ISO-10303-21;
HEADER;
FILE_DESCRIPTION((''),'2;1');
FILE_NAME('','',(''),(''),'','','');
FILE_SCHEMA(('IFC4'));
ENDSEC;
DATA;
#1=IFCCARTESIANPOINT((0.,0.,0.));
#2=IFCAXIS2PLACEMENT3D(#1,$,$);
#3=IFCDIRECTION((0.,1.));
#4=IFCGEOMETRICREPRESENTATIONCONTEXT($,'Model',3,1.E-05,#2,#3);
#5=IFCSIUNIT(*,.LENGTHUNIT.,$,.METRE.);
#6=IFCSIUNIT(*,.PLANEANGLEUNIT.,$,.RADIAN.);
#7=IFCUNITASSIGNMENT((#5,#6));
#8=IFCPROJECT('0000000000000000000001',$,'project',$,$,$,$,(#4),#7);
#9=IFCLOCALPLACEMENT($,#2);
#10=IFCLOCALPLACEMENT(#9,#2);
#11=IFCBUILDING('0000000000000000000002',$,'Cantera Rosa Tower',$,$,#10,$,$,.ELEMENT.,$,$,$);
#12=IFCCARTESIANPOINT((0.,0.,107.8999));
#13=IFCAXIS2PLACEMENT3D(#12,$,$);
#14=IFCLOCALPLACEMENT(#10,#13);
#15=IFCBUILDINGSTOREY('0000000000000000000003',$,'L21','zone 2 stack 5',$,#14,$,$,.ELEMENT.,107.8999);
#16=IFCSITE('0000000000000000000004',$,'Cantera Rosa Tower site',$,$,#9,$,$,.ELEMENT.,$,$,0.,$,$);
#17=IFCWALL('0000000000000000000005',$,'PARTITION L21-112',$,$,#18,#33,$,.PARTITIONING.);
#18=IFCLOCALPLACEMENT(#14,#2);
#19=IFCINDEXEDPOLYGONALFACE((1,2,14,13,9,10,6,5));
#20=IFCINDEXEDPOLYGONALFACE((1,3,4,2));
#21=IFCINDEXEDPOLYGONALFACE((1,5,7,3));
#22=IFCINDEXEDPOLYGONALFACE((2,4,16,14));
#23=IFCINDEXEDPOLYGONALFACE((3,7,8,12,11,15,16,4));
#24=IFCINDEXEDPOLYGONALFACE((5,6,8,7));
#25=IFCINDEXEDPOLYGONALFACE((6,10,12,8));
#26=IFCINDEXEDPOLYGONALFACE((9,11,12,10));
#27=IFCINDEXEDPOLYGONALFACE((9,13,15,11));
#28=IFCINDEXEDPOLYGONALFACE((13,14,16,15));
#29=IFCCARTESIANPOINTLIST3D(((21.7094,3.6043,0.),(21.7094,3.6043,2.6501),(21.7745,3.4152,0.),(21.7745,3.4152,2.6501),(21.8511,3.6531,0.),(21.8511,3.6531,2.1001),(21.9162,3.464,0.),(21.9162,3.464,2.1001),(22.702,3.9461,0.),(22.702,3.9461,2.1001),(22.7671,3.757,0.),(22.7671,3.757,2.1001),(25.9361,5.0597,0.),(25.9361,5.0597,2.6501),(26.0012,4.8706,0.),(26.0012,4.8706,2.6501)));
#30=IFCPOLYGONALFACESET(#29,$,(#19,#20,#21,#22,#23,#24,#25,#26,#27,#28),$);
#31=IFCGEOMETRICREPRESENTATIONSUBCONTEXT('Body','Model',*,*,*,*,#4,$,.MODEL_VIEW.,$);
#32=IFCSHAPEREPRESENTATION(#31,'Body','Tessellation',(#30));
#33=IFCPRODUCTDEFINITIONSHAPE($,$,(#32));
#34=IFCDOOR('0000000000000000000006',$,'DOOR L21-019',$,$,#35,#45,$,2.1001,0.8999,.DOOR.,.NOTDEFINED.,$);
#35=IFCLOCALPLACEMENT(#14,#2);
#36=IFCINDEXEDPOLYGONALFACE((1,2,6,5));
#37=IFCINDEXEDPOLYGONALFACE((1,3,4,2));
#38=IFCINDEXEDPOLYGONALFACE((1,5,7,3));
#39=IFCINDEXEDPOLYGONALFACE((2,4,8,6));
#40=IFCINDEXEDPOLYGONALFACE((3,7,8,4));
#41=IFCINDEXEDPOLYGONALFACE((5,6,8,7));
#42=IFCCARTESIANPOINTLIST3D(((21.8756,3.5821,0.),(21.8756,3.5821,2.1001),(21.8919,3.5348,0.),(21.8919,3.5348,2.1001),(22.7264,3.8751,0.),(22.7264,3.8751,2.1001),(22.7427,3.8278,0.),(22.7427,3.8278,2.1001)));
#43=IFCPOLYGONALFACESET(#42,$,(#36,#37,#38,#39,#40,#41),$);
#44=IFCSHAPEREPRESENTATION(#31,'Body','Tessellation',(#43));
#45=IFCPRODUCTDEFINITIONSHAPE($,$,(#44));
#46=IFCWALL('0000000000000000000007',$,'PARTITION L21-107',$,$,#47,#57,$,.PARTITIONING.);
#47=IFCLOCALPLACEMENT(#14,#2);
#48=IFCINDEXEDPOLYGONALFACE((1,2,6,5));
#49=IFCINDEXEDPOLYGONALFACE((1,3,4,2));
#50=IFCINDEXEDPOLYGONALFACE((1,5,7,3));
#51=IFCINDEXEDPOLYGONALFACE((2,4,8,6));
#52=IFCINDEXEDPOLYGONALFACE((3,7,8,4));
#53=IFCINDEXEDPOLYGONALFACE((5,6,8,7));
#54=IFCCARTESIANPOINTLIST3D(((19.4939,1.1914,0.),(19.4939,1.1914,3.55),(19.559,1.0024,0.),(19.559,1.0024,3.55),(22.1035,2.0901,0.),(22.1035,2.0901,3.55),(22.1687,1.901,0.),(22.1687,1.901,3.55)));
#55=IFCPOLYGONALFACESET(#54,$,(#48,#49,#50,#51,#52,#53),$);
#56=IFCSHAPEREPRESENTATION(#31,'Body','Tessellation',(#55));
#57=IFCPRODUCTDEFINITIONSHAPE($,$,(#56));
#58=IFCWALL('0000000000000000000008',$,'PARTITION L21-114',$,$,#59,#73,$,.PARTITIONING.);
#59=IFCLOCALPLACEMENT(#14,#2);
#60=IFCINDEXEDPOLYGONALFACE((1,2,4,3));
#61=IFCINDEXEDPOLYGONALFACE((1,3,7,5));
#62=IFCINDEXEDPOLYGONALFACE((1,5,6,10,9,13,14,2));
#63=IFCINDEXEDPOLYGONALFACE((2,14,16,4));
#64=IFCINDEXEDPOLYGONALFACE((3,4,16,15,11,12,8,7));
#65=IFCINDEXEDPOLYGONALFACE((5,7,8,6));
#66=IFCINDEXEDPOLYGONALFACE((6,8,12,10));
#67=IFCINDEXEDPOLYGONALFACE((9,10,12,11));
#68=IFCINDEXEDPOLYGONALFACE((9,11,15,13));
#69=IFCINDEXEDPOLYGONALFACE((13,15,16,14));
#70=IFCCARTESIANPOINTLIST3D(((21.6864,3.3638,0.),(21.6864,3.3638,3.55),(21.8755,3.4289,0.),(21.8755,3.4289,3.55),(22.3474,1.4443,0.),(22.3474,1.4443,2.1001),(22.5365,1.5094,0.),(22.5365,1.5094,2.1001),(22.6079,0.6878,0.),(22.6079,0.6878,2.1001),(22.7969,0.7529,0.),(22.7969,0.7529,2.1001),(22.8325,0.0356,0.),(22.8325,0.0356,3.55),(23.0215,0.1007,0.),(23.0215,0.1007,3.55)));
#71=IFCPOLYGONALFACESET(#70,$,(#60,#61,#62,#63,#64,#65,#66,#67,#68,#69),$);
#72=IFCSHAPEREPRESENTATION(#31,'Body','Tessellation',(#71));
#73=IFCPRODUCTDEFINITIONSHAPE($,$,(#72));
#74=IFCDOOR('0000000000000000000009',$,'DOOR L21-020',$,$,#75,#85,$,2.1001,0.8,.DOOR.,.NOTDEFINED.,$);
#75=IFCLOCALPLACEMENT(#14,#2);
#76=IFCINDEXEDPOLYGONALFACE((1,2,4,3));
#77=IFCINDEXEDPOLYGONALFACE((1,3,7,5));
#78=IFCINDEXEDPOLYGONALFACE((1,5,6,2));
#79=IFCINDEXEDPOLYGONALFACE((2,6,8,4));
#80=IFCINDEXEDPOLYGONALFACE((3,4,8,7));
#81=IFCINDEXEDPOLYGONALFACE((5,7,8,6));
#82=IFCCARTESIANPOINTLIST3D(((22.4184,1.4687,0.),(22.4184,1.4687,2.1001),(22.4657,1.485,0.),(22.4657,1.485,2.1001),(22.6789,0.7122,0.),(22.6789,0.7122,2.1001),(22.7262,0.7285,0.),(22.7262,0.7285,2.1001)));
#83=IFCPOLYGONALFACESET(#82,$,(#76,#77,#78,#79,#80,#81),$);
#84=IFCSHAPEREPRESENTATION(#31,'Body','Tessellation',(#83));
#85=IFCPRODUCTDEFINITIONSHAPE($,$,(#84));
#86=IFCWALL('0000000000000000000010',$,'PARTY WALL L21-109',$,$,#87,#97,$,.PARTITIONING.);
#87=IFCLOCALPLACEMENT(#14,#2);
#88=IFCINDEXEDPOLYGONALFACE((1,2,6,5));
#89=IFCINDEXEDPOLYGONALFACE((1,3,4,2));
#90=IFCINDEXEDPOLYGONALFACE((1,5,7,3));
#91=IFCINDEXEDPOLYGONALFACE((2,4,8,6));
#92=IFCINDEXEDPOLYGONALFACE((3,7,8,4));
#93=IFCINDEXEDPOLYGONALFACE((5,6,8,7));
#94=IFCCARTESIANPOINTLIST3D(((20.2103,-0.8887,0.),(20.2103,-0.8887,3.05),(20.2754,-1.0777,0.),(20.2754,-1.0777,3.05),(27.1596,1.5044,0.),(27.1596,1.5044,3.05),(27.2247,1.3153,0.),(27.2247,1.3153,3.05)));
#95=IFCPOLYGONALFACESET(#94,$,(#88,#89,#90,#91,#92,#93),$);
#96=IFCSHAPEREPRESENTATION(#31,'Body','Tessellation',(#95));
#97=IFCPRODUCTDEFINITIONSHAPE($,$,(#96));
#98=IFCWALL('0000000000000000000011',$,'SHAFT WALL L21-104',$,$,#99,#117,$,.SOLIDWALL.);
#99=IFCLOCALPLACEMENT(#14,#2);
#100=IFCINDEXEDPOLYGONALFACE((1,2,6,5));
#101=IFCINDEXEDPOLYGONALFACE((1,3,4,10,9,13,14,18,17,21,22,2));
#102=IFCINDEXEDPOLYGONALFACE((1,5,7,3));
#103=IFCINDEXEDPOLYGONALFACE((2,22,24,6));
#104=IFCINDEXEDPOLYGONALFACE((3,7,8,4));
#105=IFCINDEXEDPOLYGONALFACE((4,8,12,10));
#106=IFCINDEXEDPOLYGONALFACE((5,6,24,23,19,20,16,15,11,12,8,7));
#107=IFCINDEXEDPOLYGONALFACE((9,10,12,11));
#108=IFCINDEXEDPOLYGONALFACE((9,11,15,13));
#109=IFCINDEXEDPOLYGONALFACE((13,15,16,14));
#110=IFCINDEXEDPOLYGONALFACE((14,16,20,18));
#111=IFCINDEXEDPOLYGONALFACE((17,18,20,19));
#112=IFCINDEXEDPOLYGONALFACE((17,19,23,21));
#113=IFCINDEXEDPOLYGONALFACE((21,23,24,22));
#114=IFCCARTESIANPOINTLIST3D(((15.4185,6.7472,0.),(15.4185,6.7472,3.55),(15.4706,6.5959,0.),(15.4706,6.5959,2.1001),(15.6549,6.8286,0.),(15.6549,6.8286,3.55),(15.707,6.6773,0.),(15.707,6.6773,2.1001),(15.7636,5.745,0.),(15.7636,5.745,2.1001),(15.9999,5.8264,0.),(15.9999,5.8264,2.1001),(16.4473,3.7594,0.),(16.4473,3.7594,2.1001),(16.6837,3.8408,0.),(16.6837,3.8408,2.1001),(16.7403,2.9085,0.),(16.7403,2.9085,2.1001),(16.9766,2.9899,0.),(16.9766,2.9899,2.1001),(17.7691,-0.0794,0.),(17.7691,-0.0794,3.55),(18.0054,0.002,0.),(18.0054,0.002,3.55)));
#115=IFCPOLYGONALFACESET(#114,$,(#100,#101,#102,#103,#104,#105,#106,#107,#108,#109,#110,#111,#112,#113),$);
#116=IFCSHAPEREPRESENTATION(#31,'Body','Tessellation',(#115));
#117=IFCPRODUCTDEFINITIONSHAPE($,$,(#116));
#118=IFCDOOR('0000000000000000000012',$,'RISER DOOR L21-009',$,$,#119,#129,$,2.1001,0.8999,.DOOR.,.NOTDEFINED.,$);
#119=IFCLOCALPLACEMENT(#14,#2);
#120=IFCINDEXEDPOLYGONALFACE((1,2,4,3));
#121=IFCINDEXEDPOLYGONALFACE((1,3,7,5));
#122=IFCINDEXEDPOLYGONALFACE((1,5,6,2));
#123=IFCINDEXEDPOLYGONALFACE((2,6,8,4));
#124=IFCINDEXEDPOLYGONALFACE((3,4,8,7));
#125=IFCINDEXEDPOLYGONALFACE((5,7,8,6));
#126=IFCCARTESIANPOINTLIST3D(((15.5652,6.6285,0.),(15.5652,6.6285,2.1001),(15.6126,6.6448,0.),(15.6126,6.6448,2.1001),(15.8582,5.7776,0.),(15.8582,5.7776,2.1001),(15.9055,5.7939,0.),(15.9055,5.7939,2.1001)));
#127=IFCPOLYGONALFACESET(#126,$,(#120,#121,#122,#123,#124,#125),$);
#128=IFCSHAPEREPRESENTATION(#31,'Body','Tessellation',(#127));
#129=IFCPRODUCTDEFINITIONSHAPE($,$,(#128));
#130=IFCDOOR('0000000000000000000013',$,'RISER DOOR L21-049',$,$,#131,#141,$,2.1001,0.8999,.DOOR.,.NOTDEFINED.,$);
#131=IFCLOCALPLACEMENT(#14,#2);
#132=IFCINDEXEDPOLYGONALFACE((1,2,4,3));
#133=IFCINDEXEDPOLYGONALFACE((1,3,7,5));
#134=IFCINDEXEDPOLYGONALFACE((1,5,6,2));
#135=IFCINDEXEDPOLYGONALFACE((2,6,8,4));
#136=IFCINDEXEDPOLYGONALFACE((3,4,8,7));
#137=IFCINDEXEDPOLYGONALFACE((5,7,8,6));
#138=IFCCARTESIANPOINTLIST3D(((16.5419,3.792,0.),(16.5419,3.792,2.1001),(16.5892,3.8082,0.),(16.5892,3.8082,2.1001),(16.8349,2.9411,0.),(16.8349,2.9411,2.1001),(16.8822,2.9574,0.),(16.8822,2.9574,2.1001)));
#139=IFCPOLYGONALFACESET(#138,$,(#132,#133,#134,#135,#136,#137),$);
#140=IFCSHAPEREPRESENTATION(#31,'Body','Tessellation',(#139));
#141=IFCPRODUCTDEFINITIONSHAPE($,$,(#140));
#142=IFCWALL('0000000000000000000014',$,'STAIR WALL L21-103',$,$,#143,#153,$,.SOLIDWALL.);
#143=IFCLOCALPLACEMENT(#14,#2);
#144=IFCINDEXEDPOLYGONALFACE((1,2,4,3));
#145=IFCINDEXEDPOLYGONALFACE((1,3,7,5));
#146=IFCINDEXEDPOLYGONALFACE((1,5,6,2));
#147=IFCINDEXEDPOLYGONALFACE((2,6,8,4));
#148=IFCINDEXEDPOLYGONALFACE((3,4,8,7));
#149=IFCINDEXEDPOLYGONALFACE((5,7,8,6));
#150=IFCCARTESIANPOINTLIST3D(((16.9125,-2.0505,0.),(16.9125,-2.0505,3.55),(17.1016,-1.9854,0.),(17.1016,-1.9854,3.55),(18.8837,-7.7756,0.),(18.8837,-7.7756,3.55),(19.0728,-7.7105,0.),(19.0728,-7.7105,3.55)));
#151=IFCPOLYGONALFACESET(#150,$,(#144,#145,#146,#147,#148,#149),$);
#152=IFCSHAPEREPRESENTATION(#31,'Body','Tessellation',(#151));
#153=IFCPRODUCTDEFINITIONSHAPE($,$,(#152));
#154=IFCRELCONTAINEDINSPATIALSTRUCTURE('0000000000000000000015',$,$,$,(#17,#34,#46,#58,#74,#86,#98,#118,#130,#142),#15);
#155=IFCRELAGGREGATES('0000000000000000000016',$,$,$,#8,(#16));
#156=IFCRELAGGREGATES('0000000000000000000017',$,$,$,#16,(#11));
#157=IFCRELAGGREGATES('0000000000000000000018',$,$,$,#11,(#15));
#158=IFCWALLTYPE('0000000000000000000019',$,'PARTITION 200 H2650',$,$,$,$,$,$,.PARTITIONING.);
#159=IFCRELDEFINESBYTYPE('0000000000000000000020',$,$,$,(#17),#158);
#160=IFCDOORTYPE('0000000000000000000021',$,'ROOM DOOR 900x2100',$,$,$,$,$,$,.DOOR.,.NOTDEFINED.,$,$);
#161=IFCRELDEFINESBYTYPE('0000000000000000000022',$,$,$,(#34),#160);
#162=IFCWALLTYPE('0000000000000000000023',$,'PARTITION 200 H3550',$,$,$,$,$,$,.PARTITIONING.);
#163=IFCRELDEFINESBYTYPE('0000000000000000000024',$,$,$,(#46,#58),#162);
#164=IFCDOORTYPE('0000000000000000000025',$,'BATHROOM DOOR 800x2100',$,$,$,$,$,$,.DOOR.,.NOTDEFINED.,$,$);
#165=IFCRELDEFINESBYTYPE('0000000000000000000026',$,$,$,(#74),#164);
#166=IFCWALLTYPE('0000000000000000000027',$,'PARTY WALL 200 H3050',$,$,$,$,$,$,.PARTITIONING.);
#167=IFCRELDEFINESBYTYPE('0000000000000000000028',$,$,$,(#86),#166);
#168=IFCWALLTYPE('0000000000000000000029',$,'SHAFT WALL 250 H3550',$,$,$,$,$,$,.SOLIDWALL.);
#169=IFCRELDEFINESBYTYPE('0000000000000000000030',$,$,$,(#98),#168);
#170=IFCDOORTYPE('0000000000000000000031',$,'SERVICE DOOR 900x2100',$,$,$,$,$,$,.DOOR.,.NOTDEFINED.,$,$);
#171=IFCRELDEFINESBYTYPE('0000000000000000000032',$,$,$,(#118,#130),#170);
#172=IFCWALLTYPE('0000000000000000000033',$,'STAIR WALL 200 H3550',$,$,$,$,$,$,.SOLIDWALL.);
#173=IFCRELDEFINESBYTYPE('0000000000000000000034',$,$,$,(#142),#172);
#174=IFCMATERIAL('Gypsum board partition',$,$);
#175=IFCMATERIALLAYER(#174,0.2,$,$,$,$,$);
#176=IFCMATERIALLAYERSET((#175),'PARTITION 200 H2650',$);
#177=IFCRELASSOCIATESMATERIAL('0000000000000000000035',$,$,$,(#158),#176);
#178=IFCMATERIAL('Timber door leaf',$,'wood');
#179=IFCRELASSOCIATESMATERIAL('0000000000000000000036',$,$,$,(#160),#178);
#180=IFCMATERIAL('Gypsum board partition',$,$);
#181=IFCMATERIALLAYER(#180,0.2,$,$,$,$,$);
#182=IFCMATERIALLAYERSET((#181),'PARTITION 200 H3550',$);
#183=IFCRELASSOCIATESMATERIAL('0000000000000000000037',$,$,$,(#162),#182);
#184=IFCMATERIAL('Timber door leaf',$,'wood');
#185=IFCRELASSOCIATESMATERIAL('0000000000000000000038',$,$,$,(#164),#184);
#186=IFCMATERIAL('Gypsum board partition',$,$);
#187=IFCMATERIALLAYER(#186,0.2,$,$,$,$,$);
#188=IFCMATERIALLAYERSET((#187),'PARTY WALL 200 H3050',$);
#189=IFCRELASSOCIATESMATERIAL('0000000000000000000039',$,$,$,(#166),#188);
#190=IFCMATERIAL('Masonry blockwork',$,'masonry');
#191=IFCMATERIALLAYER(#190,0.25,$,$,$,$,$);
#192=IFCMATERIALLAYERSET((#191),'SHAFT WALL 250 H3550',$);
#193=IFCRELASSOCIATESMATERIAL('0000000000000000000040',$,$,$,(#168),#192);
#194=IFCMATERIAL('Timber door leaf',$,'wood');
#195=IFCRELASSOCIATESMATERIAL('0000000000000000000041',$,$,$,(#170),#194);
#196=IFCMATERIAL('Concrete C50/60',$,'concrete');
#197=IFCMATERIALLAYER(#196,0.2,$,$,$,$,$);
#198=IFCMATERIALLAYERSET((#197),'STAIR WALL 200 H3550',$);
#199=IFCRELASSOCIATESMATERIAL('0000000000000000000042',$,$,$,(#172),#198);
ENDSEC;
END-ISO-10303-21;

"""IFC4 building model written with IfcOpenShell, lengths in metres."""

from ifc_helpers import new_model, si_unit, direction, frame, frame_2d, origin, place, context, subcontext, project, spatial, rectangle, extrude, material, layer, layer_set, type_object, element, fill, save


model = new_model("IFC4")

# Units and contexts
model_context = context("Model", 3, precision=1e-05, world=origin(), true_north=direction((0.0, 1.0)))
body_context = subcontext(model_context, "Body", "Model", "MODEL_VIEW")
ifc_project = project(units=[si_unit("LENGTHUNIT", "METRE"), si_unit("PLANEANGLEUNIT", "RADIAN")], contexts=[model_context])

# Site, building, storey
site_placement = place(None, origin())
site = spatial("IfcSite", under=ifc_project, at=site_placement, Name="Cantera Rosa Tower site", CompositionType="ELEMENT", RefElevation=0.0)
building_placement = place(site_placement, origin())
building = spatial("IfcBuilding", under=site, at=building_placement, Name="Cantera Rosa Tower", CompositionType="ELEMENT")
storey_placement = place(building_placement, frame((0.0, 0.0, 107.8999)))
storey = spatial("IfcBuildingStorey", under=building, at=storey_placement, Name="L21", Description="zone 2 stack 5", CompositionType="ELEMENT", Elevation=107.8999)

# Wall, opening, door
ifc_material_1 = material(Name="Gypsum board partition")
ifc_layer_1 = layer(ifc_material_1, 0.2)
ifc_layer_set_1 = layer_set([ifc_layer_1], Name="PARTITION 200 H2650")
wall_type_1 = type_object("IfcWallType", Name="PARTITION 200 H2650", PredefinedType="PARTITIONING", material=ifc_layer_set_1)
wall_1_placement = place(storey_placement, frame((21.7419, 3.5098, 0.0), z_axis=(0.0, 0.0, 1.0), x_axis=(0.945519, 0.325568, 0.0)))
wall_1 = element("IfcWall", 1, at=wall_1_placement, inside=storey, type_object=wall_type_1, Name="PARTITION L21-112", PredefinedType="PARTITIONING", context=body_context, shape_type="SweptSolid", body=[
    extrude(rectangle(XDim=4.4702, YDim=0.2, at=frame_2d((2.2351, 0.0))), origin(), (0.0, 0.0, 1.0), 2.6501),
])
opening_1_placement = place(wall_1_placement, frame((0.1499, 0.0, 0.0)))
opening_1 = element("IfcOpeningElement", 2, at=opening_1_placement, cuts=wall_1, PredefinedType="OPENING", context=body_context, shape_type="SweptSolid", body=[
    extrude(rectangle(XDim=0.8999, YDim=2.1001, at=frame_2d((0.45, 1.05))), frame((0.0, 0.1099, 0.0), z_axis=(0.0, -1.0, 0.0), x_axis=(1.0, 0.0, 0.0)), (0.0, 0.0, 1.0), 0.22),
])
ifc_material_2 = material(Name="Timber door leaf", Category="wood")
door_type_1 = type_object("IfcDoorType", Name="ROOM DOOR 900x2100", OperationType="NOTDEFINED", PredefinedType="DOOR", material=ifc_material_2)
door_1_placement = place(opening_1_placement, origin())
door_1 = element("IfcDoor", 3, at=door_1_placement, inside=storey, type_object=door_type_1, Name="DOOR L21-019", OperationType="NOTDEFINED", OverallHeight=2.1001, OverallWidth=0.8999, PredefinedType="DOOR", context=body_context, shape_type="SweptSolid", body=[
    extrude(rectangle(XDim=0.8999, YDim=2.1001, at=frame_2d((0.45, 1.05))), frame((0.0, 0.0249, 0.0), z_axis=(0.0, -1.0, 0.0), x_axis=(1.0, 0.0, 0.0)), (0.0, 0.0, 1.0), 0.05),
])
fill(opening_1, door_1)

# Wall
ifc_material_3 = material(Name="Gypsum board partition")
ifc_layer_2 = layer(ifc_material_3, 0.2)
ifc_layer_set_2 = layer_set([ifc_layer_2], Name="PARTITION 200 H3550")
wall_type_2 = type_object("IfcWallType", Name="PARTITION 200 H3550", PredefinedType="PARTITIONING", material=ifc_layer_set_2)
wall_2_placement = place(storey_placement, frame((19.5266, 1.0969, 0.0), z_axis=(0.0, 0.0, 1.0), x_axis=(0.945505, 0.325606, 0.0)))
element("IfcWall", 4, at=wall_2_placement, inside=storey, type_object=wall_type_2, Name="PARTITION L21-107", PredefinedType="PARTITIONING", context=body_context, shape_type="SweptSolid", body=[
    extrude(rectangle(XDim=2.76, YDim=0.2, at=frame_2d((1.3799, 0.0))), origin(), (0.0, 0.0, 1.0), 3.55),
])

# Wall, opening, door
wall_3_placement = place(storey_placement, frame((22.927, 0.0681, 0.0), z_axis=(0.0, 0.0, 1.0), x_axis=(-0.325576, 0.945516, 0.0)))
wall_3 = element("IfcWall", 5, at=wall_3_placement, inside=storey, type_object=wall_type_2, Name="PARTITION L21-114", PredefinedType="PARTITIONING", context=body_context, shape_type="SweptSolid", body=[
    extrude(rectangle(XDim=3.52, YDim=0.2, at=frame_2d((1.76, 0.0))), origin(), (0.0, 0.0, 1.0), 3.55),
])
opening_2_placement = place(wall_3_placement, frame((0.6899, 0.0, 0.0)))
opening_2 = element("IfcOpeningElement", 6, at=opening_2_placement, cuts=wall_3, PredefinedType="OPENING", context=body_context, shape_type="SweptSolid", body=[
    extrude(rectangle(XDim=0.8, YDim=2.1001, at=frame_2d((0.3999, 1.05))), frame((0.0, 0.1099, 0.0), z_axis=(0.0, -1.0, 0.0), x_axis=(1.0, 0.0, 0.0)), (0.0, 0.0, 1.0), 0.22),
])
ifc_material_4 = material(Name="Timber door leaf", Category="wood")
door_type_2 = type_object("IfcDoorType", Name="BATHROOM DOOR 800x2100", OperationType="NOTDEFINED", PredefinedType="DOOR", material=ifc_material_4)
door_2_placement = place(opening_2_placement, origin())
door_2 = element("IfcDoor", 7, at=door_2_placement, inside=storey, type_object=door_type_2, Name="DOOR L21-020", OperationType="NOTDEFINED", OverallHeight=2.1001, OverallWidth=0.8, PredefinedType="DOOR", context=body_context, shape_type="SweptSolid", body=[
    extrude(rectangle(XDim=0.8, YDim=2.1001, at=frame_2d((0.3999, 1.05))), frame((0.0, 0.0249, 0.0), z_axis=(0.0, -1.0, 0.0), x_axis=(1.0, 0.0, 0.0)), (0.0, 0.0, 1.0), 0.05),
])
fill(opening_2, door_2)

# Wall
ifc_material_5 = material(Name="Gypsum board partition")
ifc_layer_3 = layer(ifc_material_5, 0.2)
ifc_layer_set_3 = layer_set([ifc_layer_3], Name="PARTY WALL 200 H3050")
wall_type_3 = type_object("IfcWallType", Name="PARTY WALL 200 H3050", PredefinedType="PARTITIONING", material=ifc_layer_set_3)
wall_4_placement = place(storey_placement, frame((20.2429, -0.9832, 0.0), z_axis=(0.0, 0.0, 1.0), x_axis=(0.945511, 0.325589, 0.0)))
element("IfcWall", 8, at=wall_4_placement, inside=storey, type_object=wall_type_3, Name="PARTY WALL L21-109", PredefinedType="PARTITIONING", context=body_context, shape_type="SweptSolid", body=[
    extrude(rectangle(XDim=7.3499, YDim=0.2, at=frame_2d((3.6748, 0.0))), origin(), (0.0, 0.0, 1.0), 3.05),
])

# Wall, openings, doors
ifc_material_6 = material(Name="Masonry blockwork", Category="masonry")
ifc_layer_4 = layer(ifc_material_6, 0.25)
ifc_layer_set_4 = layer_set([ifc_layer_4], Name="SHAFT WALL 250 H3550")
wall_type_4 = type_object("IfcWallType", Name="SHAFT WALL 250 H3550", PredefinedType="SOLIDWALL", material=ifc_layer_set_4)
wall_5_placement = place(storey_placement, frame((17.8872, -0.0386, 0.0), z_axis=(0.0, 0.0, 1.0), x_axis=(-0.325565, 0.945519, 0.0)))
wall_5 = element("IfcWall", 9, at=wall_5_placement, inside=storey, type_object=wall_type_4, Name="SHAFT WALL L21-104", PredefinedType="SOLIDWALL", context=body_context, shape_type="SweptSolid", body=[
    extrude(rectangle(XDim=7.22, YDim=0.25, at=frame_2d((3.6099, 0.0))), origin(), (0.0, 0.0, 1.0), 3.55),
])
opening_3_placement = place(wall_5_placement, frame((6.1599, 0.0, 0.0)))
opening_3 = element("IfcOpeningElement", 10, at=opening_3_placement, cuts=wall_5, PredefinedType="OPENING", context=body_context, shape_type="SweptSolid", body=[
    extrude(rectangle(XDim=0.8999, YDim=2.1001, at=frame_2d((0.45, 1.05))), frame((0.0, 0.135, 0.0), z_axis=(0.0, -1.0, 0.0), x_axis=(1.0, 0.0, 0.0)), (0.0, 0.0, 1.0), 0.27),
])
opening_4_placement = place(wall_5_placement, frame((3.1599, 0.0, 0.0)))
opening_4 = element("IfcOpeningElement", 11, at=opening_4_placement, cuts=wall_5, PredefinedType="OPENING", context=body_context, shape_type="SweptSolid", body=[
    extrude(rectangle(XDim=0.8999, YDim=2.1001, at=frame_2d((0.45, 1.05))), frame((0.0, 0.135, 0.0), z_axis=(0.0, -1.0, 0.0), x_axis=(1.0, 0.0, 0.0)), (0.0, 0.0, 1.0), 0.27),
])
ifc_material_7 = material(Name="Timber door leaf", Category="wood")
door_type_3 = type_object("IfcDoorType", Name="SERVICE DOOR 900x2100", OperationType="NOTDEFINED", PredefinedType="DOOR", material=ifc_material_7)
door_3_placement = place(opening_3_placement, origin())
door_3 = element("IfcDoor", 12, at=door_3_placement, inside=storey, type_object=door_type_3, Name="RISER DOOR L21-009", OperationType="NOTDEFINED", OverallHeight=2.1001, OverallWidth=0.8999, PredefinedType="DOOR", context=body_context, shape_type="SweptSolid", body=[
    extrude(rectangle(XDim=0.8999, YDim=2.1001, at=frame_2d((0.45, 1.05))), frame((0.0, 0.0249, 0.0), z_axis=(0.0, -1.0, 0.0), x_axis=(1.0, 0.0, 0.0)), (0.0, 0.0, 1.0), 0.05),
])
fill(opening_3, door_3)
door_4_placement = place(opening_4_placement, origin())
door_4 = element("IfcDoor", 13, at=door_4_placement, inside=storey, type_object=door_type_3, Name="RISER DOOR L21-049", OperationType="NOTDEFINED", OverallHeight=2.1001, OverallWidth=0.8999, PredefinedType="DOOR", context=body_context, shape_type="SweptSolid", body=[
    extrude(rectangle(XDim=0.8999, YDim=2.1001, at=frame_2d((0.45, 1.05))), frame((0.0, 0.0249, 0.0), z_axis=(0.0, -1.0, 0.0), x_axis=(1.0, 0.0, 0.0)), (0.0, 0.0, 1.0), 0.05),
])
fill(opening_4, door_4)

# Wall
ifc_material_8 = material(Name="Concrete C50/60", Category="concrete")
ifc_layer_5 = layer(ifc_material_8, 0.2)
ifc_layer_set_5 = layer_set([ifc_layer_5], Name="STAIR WALL 200 H3550")
wall_type_5 = type_object("IfcWallType", Name="STAIR WALL 200 H3550", PredefinedType="SOLIDWALL", material=ifc_layer_set_5)
wall_6_placement = place(storey_placement, frame((17.0071, -2.0181, 0.0), z_axis=(0.0, 0.0, 1.0), x_axis=(0.325551, -0.945525, 0.0)))
element("IfcWall", 14, at=wall_6_placement, inside=storey, type_object=wall_type_5, Name="STAIR WALL L21-103", PredefinedType="SOLIDWALL", context=body_context, shape_type="SweptSolid", body=[
    extrude(rectangle(XDim=6.0549, YDim=0.2, at=frame_2d((3.0273, 0.0))), origin(), (0.0, 0.0, 1.0), 3.55),
])

save(model, "model.ifc")
